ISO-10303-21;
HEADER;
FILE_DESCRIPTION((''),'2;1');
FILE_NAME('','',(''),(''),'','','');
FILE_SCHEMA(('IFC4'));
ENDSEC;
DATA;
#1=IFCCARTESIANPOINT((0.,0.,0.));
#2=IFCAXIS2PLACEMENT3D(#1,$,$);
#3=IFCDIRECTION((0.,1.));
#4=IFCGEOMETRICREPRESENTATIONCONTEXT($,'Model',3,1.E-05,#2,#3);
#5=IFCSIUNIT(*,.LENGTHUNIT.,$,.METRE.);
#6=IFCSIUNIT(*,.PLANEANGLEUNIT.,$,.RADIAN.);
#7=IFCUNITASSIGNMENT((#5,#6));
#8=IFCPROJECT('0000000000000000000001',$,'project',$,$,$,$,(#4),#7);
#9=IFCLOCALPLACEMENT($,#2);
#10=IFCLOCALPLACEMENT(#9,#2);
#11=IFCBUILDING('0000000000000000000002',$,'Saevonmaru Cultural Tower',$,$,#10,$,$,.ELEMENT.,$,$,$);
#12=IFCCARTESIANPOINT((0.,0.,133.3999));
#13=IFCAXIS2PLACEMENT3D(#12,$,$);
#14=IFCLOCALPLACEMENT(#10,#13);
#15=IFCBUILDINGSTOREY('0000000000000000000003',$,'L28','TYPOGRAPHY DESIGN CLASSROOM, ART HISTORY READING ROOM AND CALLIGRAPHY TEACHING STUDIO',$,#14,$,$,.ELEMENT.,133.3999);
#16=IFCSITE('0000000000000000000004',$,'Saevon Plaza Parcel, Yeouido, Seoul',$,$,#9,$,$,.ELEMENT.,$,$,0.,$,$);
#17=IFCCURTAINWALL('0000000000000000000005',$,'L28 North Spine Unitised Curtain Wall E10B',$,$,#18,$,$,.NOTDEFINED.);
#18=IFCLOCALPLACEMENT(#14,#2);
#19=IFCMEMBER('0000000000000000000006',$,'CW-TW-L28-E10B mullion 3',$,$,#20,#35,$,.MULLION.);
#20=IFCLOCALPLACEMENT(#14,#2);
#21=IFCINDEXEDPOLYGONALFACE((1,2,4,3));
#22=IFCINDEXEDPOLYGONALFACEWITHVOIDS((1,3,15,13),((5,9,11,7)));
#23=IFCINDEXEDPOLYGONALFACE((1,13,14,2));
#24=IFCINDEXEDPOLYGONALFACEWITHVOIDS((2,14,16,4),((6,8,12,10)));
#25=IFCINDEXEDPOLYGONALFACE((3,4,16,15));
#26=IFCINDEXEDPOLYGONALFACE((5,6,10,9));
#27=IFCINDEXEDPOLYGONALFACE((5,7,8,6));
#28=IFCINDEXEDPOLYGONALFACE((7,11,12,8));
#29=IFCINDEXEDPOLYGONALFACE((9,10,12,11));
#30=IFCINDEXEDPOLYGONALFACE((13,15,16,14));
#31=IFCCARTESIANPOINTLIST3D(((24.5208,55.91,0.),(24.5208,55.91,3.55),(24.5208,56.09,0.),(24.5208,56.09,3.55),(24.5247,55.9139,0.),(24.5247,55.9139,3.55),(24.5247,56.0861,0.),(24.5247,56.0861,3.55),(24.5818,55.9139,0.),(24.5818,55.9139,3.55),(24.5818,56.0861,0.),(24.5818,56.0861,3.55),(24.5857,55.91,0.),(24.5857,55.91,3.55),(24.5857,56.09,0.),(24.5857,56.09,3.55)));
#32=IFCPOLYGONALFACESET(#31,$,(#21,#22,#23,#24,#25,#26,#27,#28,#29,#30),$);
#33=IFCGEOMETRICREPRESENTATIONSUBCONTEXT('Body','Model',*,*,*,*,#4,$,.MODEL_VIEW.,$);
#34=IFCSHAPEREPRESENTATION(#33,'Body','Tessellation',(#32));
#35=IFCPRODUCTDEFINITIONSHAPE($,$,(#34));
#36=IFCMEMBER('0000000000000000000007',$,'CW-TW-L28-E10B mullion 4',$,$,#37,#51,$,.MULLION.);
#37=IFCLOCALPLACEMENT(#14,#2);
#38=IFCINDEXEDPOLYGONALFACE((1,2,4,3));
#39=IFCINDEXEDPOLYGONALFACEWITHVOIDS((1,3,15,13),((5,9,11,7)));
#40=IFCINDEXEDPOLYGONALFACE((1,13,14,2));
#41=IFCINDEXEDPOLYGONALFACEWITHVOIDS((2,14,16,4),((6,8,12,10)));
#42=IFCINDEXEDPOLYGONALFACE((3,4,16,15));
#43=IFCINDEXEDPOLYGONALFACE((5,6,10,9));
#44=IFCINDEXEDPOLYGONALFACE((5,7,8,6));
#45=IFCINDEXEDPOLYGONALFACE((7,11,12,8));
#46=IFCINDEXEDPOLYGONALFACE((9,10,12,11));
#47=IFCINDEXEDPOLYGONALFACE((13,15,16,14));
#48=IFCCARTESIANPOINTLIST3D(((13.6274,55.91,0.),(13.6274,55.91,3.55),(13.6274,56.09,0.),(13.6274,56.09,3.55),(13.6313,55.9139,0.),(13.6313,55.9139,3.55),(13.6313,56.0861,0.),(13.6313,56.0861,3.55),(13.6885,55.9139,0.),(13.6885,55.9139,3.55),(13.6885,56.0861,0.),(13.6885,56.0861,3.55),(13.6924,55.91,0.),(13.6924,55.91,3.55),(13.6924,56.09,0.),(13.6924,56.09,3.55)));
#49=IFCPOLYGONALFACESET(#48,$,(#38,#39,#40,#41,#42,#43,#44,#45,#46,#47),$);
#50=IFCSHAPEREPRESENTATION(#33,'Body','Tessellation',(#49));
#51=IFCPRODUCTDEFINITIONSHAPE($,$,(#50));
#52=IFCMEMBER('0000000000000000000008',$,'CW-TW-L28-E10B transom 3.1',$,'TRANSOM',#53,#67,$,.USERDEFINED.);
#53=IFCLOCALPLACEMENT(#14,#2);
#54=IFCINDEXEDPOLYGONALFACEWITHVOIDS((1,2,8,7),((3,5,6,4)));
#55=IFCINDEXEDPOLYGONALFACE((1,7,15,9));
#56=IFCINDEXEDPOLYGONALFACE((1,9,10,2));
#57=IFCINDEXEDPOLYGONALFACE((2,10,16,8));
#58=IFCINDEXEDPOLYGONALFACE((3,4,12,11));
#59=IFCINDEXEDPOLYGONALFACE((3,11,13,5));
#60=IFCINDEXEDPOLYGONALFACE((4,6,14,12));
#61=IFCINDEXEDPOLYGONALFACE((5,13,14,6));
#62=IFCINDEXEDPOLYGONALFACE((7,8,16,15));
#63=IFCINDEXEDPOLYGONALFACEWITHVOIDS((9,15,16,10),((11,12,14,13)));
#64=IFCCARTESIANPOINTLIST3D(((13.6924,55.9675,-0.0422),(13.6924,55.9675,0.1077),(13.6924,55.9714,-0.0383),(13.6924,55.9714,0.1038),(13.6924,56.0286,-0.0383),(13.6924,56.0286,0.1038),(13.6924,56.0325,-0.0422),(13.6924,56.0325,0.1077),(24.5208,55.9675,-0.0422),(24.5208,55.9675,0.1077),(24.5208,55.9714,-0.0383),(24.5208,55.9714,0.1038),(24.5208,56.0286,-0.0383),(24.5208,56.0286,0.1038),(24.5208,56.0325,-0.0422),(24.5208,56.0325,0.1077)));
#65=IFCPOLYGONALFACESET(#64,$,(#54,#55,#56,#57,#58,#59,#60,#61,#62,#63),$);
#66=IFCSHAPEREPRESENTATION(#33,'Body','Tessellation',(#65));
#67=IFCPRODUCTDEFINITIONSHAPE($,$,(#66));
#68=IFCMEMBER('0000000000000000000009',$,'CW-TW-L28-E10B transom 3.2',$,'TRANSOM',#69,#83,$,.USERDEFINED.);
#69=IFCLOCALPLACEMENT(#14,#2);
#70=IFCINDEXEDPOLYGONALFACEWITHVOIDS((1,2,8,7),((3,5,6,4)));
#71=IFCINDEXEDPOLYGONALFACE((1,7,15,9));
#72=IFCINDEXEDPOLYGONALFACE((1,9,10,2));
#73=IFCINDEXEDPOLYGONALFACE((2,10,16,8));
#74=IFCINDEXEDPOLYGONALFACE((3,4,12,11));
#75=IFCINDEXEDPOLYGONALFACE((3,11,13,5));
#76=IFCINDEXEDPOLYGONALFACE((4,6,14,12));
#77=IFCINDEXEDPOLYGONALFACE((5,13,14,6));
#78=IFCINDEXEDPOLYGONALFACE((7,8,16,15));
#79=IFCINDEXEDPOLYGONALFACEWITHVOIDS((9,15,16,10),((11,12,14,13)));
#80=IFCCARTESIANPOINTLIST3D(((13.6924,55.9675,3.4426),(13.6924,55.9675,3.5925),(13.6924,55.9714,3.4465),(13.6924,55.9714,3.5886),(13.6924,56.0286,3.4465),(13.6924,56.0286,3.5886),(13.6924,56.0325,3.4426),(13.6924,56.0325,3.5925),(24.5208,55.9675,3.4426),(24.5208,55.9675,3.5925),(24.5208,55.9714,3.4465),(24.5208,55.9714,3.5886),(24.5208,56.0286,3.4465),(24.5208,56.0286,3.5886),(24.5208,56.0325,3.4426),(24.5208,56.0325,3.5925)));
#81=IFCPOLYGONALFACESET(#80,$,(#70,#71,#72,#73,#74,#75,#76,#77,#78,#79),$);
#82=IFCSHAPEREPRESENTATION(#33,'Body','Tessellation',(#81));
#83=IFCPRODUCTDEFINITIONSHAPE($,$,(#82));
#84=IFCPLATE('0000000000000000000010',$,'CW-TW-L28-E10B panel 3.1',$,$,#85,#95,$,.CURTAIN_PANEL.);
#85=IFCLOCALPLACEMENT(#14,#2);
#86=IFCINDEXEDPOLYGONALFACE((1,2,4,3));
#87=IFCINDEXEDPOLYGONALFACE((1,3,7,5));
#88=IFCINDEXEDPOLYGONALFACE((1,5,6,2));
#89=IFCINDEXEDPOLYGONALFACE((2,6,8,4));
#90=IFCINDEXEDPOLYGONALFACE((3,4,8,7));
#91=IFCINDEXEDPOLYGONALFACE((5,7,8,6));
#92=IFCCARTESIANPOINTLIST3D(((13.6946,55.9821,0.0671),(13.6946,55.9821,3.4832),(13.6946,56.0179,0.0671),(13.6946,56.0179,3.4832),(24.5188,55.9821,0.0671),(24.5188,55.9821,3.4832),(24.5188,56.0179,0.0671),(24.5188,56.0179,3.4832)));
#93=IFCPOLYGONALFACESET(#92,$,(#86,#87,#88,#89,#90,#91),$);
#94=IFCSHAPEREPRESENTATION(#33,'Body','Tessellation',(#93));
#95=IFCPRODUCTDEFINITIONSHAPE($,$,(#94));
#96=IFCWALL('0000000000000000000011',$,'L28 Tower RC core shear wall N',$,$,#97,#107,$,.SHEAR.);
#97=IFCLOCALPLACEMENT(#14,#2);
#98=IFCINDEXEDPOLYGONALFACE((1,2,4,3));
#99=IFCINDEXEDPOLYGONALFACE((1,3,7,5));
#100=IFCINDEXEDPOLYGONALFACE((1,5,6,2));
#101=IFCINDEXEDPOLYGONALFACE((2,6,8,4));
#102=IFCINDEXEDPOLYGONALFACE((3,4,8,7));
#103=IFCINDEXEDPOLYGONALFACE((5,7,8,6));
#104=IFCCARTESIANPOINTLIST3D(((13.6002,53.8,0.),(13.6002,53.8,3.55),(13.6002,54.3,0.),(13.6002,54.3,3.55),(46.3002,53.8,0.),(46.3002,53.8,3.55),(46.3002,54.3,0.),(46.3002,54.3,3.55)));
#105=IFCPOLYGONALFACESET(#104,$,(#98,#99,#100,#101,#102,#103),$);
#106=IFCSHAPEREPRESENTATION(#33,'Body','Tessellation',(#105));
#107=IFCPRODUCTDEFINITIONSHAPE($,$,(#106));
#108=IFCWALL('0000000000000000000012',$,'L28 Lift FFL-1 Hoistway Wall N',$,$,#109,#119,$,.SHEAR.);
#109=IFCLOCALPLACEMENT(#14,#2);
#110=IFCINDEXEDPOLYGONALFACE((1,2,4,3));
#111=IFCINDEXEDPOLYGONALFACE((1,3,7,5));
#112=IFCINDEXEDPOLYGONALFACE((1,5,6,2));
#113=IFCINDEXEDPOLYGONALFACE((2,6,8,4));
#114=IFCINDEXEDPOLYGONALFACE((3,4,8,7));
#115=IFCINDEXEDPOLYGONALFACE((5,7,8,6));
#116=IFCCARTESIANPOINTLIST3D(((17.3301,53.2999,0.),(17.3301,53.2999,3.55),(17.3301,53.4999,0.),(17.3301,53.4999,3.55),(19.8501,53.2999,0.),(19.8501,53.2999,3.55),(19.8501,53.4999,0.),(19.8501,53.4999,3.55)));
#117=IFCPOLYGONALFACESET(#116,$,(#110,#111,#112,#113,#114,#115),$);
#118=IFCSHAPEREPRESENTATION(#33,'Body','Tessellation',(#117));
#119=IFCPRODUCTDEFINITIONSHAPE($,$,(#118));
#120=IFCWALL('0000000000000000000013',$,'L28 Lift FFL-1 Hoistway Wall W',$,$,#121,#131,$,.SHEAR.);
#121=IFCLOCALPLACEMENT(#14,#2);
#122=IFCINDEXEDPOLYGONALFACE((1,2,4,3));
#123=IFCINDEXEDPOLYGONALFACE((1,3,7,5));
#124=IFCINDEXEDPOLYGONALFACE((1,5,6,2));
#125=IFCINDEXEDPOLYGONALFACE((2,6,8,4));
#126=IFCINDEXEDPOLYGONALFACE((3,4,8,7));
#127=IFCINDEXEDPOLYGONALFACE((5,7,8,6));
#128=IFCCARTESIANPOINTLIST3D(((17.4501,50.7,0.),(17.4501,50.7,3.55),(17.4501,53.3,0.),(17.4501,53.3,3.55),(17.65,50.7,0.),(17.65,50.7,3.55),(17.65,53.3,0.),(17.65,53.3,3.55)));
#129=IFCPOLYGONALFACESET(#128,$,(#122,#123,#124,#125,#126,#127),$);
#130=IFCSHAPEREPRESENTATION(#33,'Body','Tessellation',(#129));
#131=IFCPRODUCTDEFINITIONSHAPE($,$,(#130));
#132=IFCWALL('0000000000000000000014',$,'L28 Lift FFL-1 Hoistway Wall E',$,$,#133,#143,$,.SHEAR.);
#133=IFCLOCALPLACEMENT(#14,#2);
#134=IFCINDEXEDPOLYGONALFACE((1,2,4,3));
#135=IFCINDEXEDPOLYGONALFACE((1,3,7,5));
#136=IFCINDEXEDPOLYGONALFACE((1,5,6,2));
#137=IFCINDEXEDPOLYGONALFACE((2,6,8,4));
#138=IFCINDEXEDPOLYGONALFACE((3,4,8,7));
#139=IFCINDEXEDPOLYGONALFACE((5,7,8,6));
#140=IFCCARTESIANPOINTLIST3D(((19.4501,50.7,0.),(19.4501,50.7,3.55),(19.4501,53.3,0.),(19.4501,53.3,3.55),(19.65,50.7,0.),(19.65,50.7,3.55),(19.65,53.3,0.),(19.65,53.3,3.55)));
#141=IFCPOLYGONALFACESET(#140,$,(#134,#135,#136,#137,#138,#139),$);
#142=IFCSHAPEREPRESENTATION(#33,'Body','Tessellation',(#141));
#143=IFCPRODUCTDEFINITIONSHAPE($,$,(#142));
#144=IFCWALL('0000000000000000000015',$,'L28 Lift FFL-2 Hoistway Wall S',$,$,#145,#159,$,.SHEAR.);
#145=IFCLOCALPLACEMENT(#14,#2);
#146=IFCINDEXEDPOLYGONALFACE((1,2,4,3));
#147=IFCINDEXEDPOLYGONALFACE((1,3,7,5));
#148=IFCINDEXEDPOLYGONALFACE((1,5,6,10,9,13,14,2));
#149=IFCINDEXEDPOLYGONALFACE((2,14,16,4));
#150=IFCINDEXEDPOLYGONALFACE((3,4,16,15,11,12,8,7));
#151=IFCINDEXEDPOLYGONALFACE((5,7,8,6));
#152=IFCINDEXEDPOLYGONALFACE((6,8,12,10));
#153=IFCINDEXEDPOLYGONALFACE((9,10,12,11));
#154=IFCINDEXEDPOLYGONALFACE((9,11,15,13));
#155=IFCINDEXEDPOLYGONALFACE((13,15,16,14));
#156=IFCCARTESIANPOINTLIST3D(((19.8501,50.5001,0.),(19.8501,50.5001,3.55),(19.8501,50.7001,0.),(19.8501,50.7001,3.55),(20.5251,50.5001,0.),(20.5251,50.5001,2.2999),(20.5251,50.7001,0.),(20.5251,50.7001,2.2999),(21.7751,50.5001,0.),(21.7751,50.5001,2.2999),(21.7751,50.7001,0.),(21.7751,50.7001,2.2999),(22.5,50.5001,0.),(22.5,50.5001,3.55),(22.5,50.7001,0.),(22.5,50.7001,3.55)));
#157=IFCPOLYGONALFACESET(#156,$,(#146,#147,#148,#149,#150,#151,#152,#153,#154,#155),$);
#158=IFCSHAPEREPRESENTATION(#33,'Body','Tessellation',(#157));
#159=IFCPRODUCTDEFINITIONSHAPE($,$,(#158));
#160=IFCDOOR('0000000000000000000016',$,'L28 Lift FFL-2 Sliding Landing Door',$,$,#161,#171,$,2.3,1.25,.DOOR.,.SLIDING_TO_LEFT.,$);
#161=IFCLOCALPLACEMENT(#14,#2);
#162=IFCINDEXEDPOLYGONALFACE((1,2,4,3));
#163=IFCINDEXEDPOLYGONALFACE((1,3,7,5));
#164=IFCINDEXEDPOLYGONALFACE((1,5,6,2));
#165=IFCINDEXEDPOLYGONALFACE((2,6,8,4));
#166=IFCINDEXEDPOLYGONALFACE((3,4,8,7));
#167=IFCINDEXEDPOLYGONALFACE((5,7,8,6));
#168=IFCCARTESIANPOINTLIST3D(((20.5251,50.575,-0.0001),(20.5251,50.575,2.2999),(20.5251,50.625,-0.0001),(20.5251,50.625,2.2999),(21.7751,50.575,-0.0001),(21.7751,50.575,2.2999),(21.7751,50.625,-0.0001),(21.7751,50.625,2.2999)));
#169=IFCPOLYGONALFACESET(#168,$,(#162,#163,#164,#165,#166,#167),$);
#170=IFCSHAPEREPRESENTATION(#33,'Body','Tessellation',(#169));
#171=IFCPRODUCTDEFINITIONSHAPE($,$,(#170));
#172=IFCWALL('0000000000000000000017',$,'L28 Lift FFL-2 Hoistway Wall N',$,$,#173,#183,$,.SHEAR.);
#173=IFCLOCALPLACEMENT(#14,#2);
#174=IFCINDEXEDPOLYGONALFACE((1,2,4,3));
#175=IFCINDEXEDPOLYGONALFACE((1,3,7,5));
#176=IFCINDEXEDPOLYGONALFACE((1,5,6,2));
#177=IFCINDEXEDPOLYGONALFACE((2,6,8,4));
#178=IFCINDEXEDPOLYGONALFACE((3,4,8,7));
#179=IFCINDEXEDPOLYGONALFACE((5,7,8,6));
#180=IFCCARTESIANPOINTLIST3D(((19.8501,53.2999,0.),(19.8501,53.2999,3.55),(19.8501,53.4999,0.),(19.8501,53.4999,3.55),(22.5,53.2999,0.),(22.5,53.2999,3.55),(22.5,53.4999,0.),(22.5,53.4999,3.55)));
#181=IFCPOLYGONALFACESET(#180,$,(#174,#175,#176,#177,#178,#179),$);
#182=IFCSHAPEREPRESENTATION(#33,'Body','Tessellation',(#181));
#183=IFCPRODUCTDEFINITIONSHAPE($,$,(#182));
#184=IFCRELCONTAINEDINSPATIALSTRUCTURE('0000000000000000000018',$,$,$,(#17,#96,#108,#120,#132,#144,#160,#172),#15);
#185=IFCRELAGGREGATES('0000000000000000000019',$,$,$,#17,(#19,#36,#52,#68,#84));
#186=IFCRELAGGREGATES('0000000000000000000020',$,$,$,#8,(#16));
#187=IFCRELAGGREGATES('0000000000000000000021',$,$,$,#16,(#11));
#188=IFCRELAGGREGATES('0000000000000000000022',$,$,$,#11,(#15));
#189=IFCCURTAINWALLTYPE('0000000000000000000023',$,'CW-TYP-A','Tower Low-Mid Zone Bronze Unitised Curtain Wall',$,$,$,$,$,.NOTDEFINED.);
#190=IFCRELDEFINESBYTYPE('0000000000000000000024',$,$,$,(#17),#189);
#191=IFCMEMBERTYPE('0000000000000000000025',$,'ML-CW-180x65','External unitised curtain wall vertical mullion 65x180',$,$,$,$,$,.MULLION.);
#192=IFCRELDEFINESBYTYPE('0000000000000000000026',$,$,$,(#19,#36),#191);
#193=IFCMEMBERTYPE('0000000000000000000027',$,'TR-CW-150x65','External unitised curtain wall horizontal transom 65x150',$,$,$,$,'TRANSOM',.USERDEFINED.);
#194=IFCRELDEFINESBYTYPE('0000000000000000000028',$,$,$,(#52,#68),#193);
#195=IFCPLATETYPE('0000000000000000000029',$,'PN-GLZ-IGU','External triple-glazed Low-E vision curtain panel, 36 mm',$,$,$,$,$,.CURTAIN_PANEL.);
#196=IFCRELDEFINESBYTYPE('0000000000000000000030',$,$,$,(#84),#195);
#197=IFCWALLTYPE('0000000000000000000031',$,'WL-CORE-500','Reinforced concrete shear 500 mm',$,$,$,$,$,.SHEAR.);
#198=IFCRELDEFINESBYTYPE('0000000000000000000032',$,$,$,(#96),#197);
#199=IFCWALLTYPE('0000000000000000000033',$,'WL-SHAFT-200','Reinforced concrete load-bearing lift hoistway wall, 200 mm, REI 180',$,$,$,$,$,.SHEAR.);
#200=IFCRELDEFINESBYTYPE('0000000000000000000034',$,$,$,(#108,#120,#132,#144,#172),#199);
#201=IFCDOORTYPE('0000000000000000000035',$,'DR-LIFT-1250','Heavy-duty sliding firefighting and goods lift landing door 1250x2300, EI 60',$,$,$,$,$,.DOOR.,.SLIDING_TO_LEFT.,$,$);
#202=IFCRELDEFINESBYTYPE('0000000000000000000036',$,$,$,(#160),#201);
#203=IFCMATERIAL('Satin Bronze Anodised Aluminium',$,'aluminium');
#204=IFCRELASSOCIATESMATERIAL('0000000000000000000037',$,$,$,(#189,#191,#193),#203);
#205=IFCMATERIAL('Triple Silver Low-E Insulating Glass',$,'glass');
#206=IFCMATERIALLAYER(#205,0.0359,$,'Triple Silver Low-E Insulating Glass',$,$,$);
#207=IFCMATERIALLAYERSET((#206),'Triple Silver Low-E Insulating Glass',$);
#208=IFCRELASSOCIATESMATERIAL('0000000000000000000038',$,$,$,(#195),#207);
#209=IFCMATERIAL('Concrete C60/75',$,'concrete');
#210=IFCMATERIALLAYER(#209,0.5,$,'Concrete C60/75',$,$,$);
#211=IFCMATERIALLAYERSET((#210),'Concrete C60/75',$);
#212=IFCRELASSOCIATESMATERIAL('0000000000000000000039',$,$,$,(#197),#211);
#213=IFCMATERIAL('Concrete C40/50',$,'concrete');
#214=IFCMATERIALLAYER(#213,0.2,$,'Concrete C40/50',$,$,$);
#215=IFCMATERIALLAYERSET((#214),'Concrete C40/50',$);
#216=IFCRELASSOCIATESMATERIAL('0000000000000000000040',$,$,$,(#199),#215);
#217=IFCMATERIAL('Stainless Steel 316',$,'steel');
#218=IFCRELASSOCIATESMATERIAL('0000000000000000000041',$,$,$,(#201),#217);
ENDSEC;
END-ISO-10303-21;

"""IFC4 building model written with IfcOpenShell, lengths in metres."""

from ifc_helpers import new_model, si_unit, direction, frame, frame_2d, origin, origin_2d, place, context, subcontext, project, spatial, rectangle, hollow_rectangle, extrude, material, layer, layer_set, material_profile, profile_set, type_object, element, fill, aggregate, save


model = new_model("IFC4")

# Units and contexts
model_context = context("Model", 3, precision=1e-05, world=origin(), true_north=direction((0.0, 1.0)))
body_context = subcontext(model_context, "Body", "Model", "MODEL_VIEW")
ifc_project = project(units=[si_unit("LENGTHUNIT", "METRE"), si_unit("PLANEANGLEUNIT", "RADIAN")], contexts=[model_context])

# Site, building, storey
site_placement = place(None, origin())
site = spatial("IfcSite", under=ifc_project, at=site_placement, Name="Saevon Plaza Parcel, Yeouido, Seoul", CompositionType="ELEMENT", RefElevation=0.0)
building_placement = place(site_placement, origin())
building = spatial("IfcBuilding", under=site, at=building_placement, Name="Saevonmaru Cultural Tower", CompositionType="ELEMENT")
storey_placement = place(building_placement, frame((0.0, 0.0, 133.3999)))
storey = spatial("IfcBuildingStorey", under=building, at=storey_placement, Name="L28", Description="TYPOGRAPHY DESIGN CLASSROOM, ART HISTORY READING ROOM AND CALLIGRAPHY TEACHING STUDIO", CompositionType="ELEMENT", Elevation=133.3999)

# Curtain wall, members, plate
ifc_material_1 = material(Name="Satin Bronze Anodised Aluminium", Category="aluminium")
curtain_wall_type = type_object("IfcCurtainWallType", Name="CW-TYP-A", Description="Tower Low-Mid Zone Bronze Unitised Curtain Wall", PredefinedType="NOTDEFINED", material=ifc_material_1)
curtain_wall_placement = place(storey_placement, origin())
curtain_wall = element("IfcCurtainWall", 1, at=curtain_wall_placement, inside=storey, type_object=curtain_wall_type, Name="L28 North Spine Unitised Curtain Wall E10B", PredefinedType="NOTDEFINED")
ifc_material_profile_1 = material_profile(ifc_material_1, hollow_rectangle(XDim=0.0649, YDim=0.1799, WallThickness=0.0039, at=origin_2d()), Name="ALU-MULL-180x65x4")
ifc_profile_set_1 = profile_set([ifc_material_profile_1], Name="Satin Bronze Anodised Aluminium")
member_type_1 = type_object("IfcMemberType", Name="ML-CW-180x65", Description="External unitised curtain wall vertical mullion 65x180", PredefinedType="MULLION", material=ifc_profile_set_1)
member_1_placement = place(storey_placement, frame((24.5532, 56.0, 0.0), z_axis=(0.0, 0.0, 1.0), x_axis=(-1.0, 0.0, 0.0)))
member_1 = element("IfcMember", 2, at=member_1_placement, type_object=member_type_1, Name="CW-TW-L28-E10B mullion 3", PredefinedType="MULLION", context=body_context, shape_type="SweptSolid", body=[
    extrude(hollow_rectangle(XDim=0.0649, YDim=0.1799, WallThickness=0.0039, at=origin_2d()), origin(), (0.0, 0.0, 1.0), 3.55),
])
member_2_placement = place(storey_placement, frame((13.6599, 56.0, 0.0), z_axis=(0.0, 0.0, 1.0), x_axis=(-1.0, 0.0, 0.0)))
member_2 = element("IfcMember", 3, at=member_2_placement, type_object=member_type_1, Name="CW-TW-L28-E10B mullion 4", PredefinedType="MULLION", context=body_context, shape_type="SweptSolid", body=[
    extrude(hollow_rectangle(XDim=0.0649, YDim=0.1799, WallThickness=0.0039, at=origin_2d()), origin(), (0.0, 0.0, 1.0), 3.55),
])
ifc_material_profile_2 = material_profile(ifc_material_1, hollow_rectangle(XDim=0.0649, YDim=0.1499, WallThickness=0.0039, at=origin_2d()), Name="ALU-TRAN-150x65x4")
ifc_profile_set_2 = profile_set([ifc_material_profile_2], Name="Satin Bronze Anodised Aluminium")
member_type_2 = type_object("IfcMemberType", Name="TR-CW-150x65", Description="External unitised curtain wall horizontal transom 65x150", ElementType="TRANSOM", PredefinedType="USERDEFINED", material=ifc_profile_set_2)
member_3_placement = place(storey_placement, frame((24.5208, 56.0, 0.0327), z_axis=(-1.0, 0.0, 0.0), x_axis=(0.0, -1.0, 0.0)))
member_3 = element("IfcMember", 4, at=member_3_placement, type_object=member_type_2, Name="CW-TW-L28-E10B transom 3.1", ObjectType="TRANSOM", PredefinedType="USERDEFINED", context=body_context, shape_type="SweptSolid", body=[
    extrude(hollow_rectangle(XDim=0.0649, YDim=0.1499, WallThickness=0.0039, at=origin_2d()), origin(), (0.0, 0.0, 1.0), 10.8284),
])
member_4_placement = place(storey_placement, frame((24.5208, 56.0, 3.5176), z_axis=(-1.0, 0.0, 0.0), x_axis=(0.0, -1.0, 0.0)))
member_4 = element("IfcMember", 5, at=member_4_placement, type_object=member_type_2, Name="CW-TW-L28-E10B transom 3.2", ObjectType="TRANSOM", PredefinedType="USERDEFINED", context=body_context, shape_type="SweptSolid", body=[
    extrude(hollow_rectangle(XDim=0.0649, YDim=0.1499, WallThickness=0.0039, at=origin_2d()), origin(), (0.0, 0.0, 1.0), 10.8284),
])
ifc_material_2 = material(Name="Triple Silver Low-E Insulating Glass", Category="glass")
ifc_layer_1 = layer(ifc_material_2, 0.0359, Name="Triple Silver Low-E Insulating Glass")
ifc_layer_set_1 = layer_set([ifc_layer_1], Name="Triple Silver Low-E Insulating Glass")
plate_type = type_object("IfcPlateType", Name="PN-GLZ-IGU", Description="External triple-glazed Low-E vision curtain panel, 36 mm", PredefinedType="CURTAIN_PANEL", material=ifc_layer_set_1)
plate_placement = place(storey_placement, frame((19.1067, 56.0, 0.0671), z_axis=(0.0, 0.0, 1.0), x_axis=(-1.0, 0.0, 0.0)))
plate = element("IfcPlate", 6, at=plate_placement, type_object=plate_type, Name="CW-TW-L28-E10B panel 3.1", PredefinedType="CURTAIN_PANEL", context=body_context, shape_type="SweptSolid", body=[
    extrude(rectangle(XDim=10.8242, YDim=0.0359, at=origin_2d()), origin(), (0.0, 0.0, 1.0), 3.416),
])
aggregate(curtain_wall, [member_1, member_2, member_3, member_4, plate])

# Walls
ifc_material_3 = material(Name="Concrete C60/75", Category="concrete")
ifc_layer_2 = layer(ifc_material_3, 0.5, Name="Concrete C60/75")
ifc_layer_set_2 = layer_set([ifc_layer_2], Name="Concrete C60/75")
wall_type_1 = type_object("IfcWallType", Name="WL-CORE-500", Description="Reinforced concrete shear 500 mm", PredefinedType="SHEAR", material=ifc_layer_set_2)
wall_1_placement = place(storey_placement, frame((13.6001, 54.05, 0.0), z_axis=(0.0, 0.0, 1.0), x_axis=(1.0, 0.0, 0.0)))
element("IfcWall", 7, at=wall_1_placement, inside=storey, type_object=wall_type_1, Name="L28 Tower RC core shear wall N", PredefinedType="SHEAR", context=body_context, shape_type="SweptSolid", body=[
    extrude(rectangle(XDim=32.7, YDim=0.5, at=frame_2d((16.3501, 0.0))), origin(), (0.0, 0.0, 1.0), 3.55),
])
ifc_material_4 = material(Name="Concrete C40/50", Category="concrete")
ifc_layer_3 = layer(ifc_material_4, 0.2, Name="Concrete C40/50")
ifc_layer_set_3 = layer_set([ifc_layer_3], Name="Concrete C40/50")
wall_type_2 = type_object("IfcWallType", Name="WL-SHAFT-200", Description="Reinforced concrete load-bearing lift hoistway wall, 200 mm, REI 180", PredefinedType="SHEAR", material=ifc_layer_set_3)
wall_2_placement = place(storey_placement, frame((17.3301, 53.3999, 0.0), z_axis=(0.0, 0.0, 1.0), x_axis=(1.0, 0.0, 0.0)))
element("IfcWall", 8, at=wall_2_placement, inside=storey, type_object=wall_type_2, Name="L28 Lift FFL-1 Hoistway Wall N", PredefinedType="SHEAR", context=body_context, shape_type="SweptSolid", body=[
    extrude(rectangle(XDim=2.52, YDim=0.2, at=frame_2d((1.26, 0.0))), origin(), (0.0, 0.0, 1.0), 3.55),
])
for number, where, z_axis, x_axis, name in (
    (9, (17.55, 50.7, 0.0), (0.0, 0.0, 1.0), (0.0, 1.0, 0.0), "L28 Lift FFL-1 Hoistway Wall W"),
    (10, (19.55, 50.7, 0.0), (0.0, 0.0, 1.0), (0.0, 1.0, 0.0), "L28 Lift FFL-1 Hoistway Wall E"),
):
    element("IfcWall", number, at=place(storey_placement, frame(where, z_axis=z_axis, x_axis=x_axis)), inside=storey, type_object=wall_type_2, Name=name, PredefinedType="SHEAR", context=body_context, shape_type="SweptSolid", body=[
        extrude(rectangle(XDim=2.6001, YDim=0.2, at=frame_2d((1.3, 0.0))), origin(), (0.0, 0.0, 1.0), 3.55),
    ])

# Wall, opening, door
wall_3_placement = place(storey_placement, frame((19.8501, 50.6001, 0.0), z_axis=(0.0, 0.0, 1.0), x_axis=(1.0, 0.0, 0.0)))
wall_3 = element("IfcWall", 11, at=wall_3_placement, inside=storey, type_object=wall_type_2, Name="L28 Lift FFL-2 Hoistway Wall S", PredefinedType="SHEAR", context=body_context, shape_type="SweptSolid", body=[
    extrude(rectangle(XDim=2.6499, YDim=0.2, at=frame_2d((1.325, 0.0))), origin(), (0.0, 0.0, 1.0), 3.55),
])
opening_1_placement = place(wall_3_placement, frame((0.675, 0.0, 0.0)))
opening_1 = element("IfcOpeningElement", 12, at=opening_1_placement, cuts=wall_3, PredefinedType="OPENING", context=body_context, shape_type="SweptSolid", body=[
    extrude(rectangle(XDim=1.25, YDim=2.3, at=frame_2d((0.625, 1.1499))), frame((0.0, 0.1099, 0.0), z_axis=(0.0, -1.0, 0.0), x_axis=(1.0, 0.0, 0.0)), (0.0, 0.0, 1.0), 0.22),
])
ifc_material_5 = material(Name="Stainless Steel 316", Category="steel")
door_type = type_object("IfcDoorType", Name="DR-LIFT-1250", Description="Heavy-duty sliding firefighting and goods lift landing door 1250x2300, EI 60", OperationType="SLIDING_TO_LEFT", PredefinedType="DOOR", material=ifc_material_5)
door_1_placement = place(opening_1_placement, origin())
door_1 = element("IfcDoor", 13, at=door_1_placement, inside=storey, type_object=door_type, Name="L28 Lift FFL-2 Sliding Landing Door", OperationType="SLIDING_TO_LEFT", OverallHeight=2.3, OverallWidth=1.25, PredefinedType="DOOR", context=body_context, shape_type="SweptSolid", body=[
    extrude(rectangle(XDim=1.25, YDim=2.3, at=frame_2d((0.625, 1.1499))), frame((0.0, 0.0249, 0.0), z_axis=(0.0, -1.0, 0.0), x_axis=(1.0, 0.0, 0.0)), (0.0, 0.0, 1.0), 0.05),
])
fill(opening_1, door_1)

# Wall
wall_4_placement = place(storey_placement, frame((19.8501, 53.3999, 0.0), z_axis=(0.0, 0.0, 1.0), x_axis=(1.0, 0.0, 0.0)))
element("IfcWall", 14, at=wall_4_placement, inside=storey, type_object=wall_type_2, Name="L28 Lift FFL-2 Hoistway Wall N", PredefinedType="SHEAR", context=body_context, shape_type="SweptSolid", body=[
    extrude(rectangle(XDim=2.6499, YDim=0.2, at=frame_2d((1.325, 0.0))), origin(), (0.0, 0.0, 1.0), 3.55),
])

save(model, "model.ifc")
